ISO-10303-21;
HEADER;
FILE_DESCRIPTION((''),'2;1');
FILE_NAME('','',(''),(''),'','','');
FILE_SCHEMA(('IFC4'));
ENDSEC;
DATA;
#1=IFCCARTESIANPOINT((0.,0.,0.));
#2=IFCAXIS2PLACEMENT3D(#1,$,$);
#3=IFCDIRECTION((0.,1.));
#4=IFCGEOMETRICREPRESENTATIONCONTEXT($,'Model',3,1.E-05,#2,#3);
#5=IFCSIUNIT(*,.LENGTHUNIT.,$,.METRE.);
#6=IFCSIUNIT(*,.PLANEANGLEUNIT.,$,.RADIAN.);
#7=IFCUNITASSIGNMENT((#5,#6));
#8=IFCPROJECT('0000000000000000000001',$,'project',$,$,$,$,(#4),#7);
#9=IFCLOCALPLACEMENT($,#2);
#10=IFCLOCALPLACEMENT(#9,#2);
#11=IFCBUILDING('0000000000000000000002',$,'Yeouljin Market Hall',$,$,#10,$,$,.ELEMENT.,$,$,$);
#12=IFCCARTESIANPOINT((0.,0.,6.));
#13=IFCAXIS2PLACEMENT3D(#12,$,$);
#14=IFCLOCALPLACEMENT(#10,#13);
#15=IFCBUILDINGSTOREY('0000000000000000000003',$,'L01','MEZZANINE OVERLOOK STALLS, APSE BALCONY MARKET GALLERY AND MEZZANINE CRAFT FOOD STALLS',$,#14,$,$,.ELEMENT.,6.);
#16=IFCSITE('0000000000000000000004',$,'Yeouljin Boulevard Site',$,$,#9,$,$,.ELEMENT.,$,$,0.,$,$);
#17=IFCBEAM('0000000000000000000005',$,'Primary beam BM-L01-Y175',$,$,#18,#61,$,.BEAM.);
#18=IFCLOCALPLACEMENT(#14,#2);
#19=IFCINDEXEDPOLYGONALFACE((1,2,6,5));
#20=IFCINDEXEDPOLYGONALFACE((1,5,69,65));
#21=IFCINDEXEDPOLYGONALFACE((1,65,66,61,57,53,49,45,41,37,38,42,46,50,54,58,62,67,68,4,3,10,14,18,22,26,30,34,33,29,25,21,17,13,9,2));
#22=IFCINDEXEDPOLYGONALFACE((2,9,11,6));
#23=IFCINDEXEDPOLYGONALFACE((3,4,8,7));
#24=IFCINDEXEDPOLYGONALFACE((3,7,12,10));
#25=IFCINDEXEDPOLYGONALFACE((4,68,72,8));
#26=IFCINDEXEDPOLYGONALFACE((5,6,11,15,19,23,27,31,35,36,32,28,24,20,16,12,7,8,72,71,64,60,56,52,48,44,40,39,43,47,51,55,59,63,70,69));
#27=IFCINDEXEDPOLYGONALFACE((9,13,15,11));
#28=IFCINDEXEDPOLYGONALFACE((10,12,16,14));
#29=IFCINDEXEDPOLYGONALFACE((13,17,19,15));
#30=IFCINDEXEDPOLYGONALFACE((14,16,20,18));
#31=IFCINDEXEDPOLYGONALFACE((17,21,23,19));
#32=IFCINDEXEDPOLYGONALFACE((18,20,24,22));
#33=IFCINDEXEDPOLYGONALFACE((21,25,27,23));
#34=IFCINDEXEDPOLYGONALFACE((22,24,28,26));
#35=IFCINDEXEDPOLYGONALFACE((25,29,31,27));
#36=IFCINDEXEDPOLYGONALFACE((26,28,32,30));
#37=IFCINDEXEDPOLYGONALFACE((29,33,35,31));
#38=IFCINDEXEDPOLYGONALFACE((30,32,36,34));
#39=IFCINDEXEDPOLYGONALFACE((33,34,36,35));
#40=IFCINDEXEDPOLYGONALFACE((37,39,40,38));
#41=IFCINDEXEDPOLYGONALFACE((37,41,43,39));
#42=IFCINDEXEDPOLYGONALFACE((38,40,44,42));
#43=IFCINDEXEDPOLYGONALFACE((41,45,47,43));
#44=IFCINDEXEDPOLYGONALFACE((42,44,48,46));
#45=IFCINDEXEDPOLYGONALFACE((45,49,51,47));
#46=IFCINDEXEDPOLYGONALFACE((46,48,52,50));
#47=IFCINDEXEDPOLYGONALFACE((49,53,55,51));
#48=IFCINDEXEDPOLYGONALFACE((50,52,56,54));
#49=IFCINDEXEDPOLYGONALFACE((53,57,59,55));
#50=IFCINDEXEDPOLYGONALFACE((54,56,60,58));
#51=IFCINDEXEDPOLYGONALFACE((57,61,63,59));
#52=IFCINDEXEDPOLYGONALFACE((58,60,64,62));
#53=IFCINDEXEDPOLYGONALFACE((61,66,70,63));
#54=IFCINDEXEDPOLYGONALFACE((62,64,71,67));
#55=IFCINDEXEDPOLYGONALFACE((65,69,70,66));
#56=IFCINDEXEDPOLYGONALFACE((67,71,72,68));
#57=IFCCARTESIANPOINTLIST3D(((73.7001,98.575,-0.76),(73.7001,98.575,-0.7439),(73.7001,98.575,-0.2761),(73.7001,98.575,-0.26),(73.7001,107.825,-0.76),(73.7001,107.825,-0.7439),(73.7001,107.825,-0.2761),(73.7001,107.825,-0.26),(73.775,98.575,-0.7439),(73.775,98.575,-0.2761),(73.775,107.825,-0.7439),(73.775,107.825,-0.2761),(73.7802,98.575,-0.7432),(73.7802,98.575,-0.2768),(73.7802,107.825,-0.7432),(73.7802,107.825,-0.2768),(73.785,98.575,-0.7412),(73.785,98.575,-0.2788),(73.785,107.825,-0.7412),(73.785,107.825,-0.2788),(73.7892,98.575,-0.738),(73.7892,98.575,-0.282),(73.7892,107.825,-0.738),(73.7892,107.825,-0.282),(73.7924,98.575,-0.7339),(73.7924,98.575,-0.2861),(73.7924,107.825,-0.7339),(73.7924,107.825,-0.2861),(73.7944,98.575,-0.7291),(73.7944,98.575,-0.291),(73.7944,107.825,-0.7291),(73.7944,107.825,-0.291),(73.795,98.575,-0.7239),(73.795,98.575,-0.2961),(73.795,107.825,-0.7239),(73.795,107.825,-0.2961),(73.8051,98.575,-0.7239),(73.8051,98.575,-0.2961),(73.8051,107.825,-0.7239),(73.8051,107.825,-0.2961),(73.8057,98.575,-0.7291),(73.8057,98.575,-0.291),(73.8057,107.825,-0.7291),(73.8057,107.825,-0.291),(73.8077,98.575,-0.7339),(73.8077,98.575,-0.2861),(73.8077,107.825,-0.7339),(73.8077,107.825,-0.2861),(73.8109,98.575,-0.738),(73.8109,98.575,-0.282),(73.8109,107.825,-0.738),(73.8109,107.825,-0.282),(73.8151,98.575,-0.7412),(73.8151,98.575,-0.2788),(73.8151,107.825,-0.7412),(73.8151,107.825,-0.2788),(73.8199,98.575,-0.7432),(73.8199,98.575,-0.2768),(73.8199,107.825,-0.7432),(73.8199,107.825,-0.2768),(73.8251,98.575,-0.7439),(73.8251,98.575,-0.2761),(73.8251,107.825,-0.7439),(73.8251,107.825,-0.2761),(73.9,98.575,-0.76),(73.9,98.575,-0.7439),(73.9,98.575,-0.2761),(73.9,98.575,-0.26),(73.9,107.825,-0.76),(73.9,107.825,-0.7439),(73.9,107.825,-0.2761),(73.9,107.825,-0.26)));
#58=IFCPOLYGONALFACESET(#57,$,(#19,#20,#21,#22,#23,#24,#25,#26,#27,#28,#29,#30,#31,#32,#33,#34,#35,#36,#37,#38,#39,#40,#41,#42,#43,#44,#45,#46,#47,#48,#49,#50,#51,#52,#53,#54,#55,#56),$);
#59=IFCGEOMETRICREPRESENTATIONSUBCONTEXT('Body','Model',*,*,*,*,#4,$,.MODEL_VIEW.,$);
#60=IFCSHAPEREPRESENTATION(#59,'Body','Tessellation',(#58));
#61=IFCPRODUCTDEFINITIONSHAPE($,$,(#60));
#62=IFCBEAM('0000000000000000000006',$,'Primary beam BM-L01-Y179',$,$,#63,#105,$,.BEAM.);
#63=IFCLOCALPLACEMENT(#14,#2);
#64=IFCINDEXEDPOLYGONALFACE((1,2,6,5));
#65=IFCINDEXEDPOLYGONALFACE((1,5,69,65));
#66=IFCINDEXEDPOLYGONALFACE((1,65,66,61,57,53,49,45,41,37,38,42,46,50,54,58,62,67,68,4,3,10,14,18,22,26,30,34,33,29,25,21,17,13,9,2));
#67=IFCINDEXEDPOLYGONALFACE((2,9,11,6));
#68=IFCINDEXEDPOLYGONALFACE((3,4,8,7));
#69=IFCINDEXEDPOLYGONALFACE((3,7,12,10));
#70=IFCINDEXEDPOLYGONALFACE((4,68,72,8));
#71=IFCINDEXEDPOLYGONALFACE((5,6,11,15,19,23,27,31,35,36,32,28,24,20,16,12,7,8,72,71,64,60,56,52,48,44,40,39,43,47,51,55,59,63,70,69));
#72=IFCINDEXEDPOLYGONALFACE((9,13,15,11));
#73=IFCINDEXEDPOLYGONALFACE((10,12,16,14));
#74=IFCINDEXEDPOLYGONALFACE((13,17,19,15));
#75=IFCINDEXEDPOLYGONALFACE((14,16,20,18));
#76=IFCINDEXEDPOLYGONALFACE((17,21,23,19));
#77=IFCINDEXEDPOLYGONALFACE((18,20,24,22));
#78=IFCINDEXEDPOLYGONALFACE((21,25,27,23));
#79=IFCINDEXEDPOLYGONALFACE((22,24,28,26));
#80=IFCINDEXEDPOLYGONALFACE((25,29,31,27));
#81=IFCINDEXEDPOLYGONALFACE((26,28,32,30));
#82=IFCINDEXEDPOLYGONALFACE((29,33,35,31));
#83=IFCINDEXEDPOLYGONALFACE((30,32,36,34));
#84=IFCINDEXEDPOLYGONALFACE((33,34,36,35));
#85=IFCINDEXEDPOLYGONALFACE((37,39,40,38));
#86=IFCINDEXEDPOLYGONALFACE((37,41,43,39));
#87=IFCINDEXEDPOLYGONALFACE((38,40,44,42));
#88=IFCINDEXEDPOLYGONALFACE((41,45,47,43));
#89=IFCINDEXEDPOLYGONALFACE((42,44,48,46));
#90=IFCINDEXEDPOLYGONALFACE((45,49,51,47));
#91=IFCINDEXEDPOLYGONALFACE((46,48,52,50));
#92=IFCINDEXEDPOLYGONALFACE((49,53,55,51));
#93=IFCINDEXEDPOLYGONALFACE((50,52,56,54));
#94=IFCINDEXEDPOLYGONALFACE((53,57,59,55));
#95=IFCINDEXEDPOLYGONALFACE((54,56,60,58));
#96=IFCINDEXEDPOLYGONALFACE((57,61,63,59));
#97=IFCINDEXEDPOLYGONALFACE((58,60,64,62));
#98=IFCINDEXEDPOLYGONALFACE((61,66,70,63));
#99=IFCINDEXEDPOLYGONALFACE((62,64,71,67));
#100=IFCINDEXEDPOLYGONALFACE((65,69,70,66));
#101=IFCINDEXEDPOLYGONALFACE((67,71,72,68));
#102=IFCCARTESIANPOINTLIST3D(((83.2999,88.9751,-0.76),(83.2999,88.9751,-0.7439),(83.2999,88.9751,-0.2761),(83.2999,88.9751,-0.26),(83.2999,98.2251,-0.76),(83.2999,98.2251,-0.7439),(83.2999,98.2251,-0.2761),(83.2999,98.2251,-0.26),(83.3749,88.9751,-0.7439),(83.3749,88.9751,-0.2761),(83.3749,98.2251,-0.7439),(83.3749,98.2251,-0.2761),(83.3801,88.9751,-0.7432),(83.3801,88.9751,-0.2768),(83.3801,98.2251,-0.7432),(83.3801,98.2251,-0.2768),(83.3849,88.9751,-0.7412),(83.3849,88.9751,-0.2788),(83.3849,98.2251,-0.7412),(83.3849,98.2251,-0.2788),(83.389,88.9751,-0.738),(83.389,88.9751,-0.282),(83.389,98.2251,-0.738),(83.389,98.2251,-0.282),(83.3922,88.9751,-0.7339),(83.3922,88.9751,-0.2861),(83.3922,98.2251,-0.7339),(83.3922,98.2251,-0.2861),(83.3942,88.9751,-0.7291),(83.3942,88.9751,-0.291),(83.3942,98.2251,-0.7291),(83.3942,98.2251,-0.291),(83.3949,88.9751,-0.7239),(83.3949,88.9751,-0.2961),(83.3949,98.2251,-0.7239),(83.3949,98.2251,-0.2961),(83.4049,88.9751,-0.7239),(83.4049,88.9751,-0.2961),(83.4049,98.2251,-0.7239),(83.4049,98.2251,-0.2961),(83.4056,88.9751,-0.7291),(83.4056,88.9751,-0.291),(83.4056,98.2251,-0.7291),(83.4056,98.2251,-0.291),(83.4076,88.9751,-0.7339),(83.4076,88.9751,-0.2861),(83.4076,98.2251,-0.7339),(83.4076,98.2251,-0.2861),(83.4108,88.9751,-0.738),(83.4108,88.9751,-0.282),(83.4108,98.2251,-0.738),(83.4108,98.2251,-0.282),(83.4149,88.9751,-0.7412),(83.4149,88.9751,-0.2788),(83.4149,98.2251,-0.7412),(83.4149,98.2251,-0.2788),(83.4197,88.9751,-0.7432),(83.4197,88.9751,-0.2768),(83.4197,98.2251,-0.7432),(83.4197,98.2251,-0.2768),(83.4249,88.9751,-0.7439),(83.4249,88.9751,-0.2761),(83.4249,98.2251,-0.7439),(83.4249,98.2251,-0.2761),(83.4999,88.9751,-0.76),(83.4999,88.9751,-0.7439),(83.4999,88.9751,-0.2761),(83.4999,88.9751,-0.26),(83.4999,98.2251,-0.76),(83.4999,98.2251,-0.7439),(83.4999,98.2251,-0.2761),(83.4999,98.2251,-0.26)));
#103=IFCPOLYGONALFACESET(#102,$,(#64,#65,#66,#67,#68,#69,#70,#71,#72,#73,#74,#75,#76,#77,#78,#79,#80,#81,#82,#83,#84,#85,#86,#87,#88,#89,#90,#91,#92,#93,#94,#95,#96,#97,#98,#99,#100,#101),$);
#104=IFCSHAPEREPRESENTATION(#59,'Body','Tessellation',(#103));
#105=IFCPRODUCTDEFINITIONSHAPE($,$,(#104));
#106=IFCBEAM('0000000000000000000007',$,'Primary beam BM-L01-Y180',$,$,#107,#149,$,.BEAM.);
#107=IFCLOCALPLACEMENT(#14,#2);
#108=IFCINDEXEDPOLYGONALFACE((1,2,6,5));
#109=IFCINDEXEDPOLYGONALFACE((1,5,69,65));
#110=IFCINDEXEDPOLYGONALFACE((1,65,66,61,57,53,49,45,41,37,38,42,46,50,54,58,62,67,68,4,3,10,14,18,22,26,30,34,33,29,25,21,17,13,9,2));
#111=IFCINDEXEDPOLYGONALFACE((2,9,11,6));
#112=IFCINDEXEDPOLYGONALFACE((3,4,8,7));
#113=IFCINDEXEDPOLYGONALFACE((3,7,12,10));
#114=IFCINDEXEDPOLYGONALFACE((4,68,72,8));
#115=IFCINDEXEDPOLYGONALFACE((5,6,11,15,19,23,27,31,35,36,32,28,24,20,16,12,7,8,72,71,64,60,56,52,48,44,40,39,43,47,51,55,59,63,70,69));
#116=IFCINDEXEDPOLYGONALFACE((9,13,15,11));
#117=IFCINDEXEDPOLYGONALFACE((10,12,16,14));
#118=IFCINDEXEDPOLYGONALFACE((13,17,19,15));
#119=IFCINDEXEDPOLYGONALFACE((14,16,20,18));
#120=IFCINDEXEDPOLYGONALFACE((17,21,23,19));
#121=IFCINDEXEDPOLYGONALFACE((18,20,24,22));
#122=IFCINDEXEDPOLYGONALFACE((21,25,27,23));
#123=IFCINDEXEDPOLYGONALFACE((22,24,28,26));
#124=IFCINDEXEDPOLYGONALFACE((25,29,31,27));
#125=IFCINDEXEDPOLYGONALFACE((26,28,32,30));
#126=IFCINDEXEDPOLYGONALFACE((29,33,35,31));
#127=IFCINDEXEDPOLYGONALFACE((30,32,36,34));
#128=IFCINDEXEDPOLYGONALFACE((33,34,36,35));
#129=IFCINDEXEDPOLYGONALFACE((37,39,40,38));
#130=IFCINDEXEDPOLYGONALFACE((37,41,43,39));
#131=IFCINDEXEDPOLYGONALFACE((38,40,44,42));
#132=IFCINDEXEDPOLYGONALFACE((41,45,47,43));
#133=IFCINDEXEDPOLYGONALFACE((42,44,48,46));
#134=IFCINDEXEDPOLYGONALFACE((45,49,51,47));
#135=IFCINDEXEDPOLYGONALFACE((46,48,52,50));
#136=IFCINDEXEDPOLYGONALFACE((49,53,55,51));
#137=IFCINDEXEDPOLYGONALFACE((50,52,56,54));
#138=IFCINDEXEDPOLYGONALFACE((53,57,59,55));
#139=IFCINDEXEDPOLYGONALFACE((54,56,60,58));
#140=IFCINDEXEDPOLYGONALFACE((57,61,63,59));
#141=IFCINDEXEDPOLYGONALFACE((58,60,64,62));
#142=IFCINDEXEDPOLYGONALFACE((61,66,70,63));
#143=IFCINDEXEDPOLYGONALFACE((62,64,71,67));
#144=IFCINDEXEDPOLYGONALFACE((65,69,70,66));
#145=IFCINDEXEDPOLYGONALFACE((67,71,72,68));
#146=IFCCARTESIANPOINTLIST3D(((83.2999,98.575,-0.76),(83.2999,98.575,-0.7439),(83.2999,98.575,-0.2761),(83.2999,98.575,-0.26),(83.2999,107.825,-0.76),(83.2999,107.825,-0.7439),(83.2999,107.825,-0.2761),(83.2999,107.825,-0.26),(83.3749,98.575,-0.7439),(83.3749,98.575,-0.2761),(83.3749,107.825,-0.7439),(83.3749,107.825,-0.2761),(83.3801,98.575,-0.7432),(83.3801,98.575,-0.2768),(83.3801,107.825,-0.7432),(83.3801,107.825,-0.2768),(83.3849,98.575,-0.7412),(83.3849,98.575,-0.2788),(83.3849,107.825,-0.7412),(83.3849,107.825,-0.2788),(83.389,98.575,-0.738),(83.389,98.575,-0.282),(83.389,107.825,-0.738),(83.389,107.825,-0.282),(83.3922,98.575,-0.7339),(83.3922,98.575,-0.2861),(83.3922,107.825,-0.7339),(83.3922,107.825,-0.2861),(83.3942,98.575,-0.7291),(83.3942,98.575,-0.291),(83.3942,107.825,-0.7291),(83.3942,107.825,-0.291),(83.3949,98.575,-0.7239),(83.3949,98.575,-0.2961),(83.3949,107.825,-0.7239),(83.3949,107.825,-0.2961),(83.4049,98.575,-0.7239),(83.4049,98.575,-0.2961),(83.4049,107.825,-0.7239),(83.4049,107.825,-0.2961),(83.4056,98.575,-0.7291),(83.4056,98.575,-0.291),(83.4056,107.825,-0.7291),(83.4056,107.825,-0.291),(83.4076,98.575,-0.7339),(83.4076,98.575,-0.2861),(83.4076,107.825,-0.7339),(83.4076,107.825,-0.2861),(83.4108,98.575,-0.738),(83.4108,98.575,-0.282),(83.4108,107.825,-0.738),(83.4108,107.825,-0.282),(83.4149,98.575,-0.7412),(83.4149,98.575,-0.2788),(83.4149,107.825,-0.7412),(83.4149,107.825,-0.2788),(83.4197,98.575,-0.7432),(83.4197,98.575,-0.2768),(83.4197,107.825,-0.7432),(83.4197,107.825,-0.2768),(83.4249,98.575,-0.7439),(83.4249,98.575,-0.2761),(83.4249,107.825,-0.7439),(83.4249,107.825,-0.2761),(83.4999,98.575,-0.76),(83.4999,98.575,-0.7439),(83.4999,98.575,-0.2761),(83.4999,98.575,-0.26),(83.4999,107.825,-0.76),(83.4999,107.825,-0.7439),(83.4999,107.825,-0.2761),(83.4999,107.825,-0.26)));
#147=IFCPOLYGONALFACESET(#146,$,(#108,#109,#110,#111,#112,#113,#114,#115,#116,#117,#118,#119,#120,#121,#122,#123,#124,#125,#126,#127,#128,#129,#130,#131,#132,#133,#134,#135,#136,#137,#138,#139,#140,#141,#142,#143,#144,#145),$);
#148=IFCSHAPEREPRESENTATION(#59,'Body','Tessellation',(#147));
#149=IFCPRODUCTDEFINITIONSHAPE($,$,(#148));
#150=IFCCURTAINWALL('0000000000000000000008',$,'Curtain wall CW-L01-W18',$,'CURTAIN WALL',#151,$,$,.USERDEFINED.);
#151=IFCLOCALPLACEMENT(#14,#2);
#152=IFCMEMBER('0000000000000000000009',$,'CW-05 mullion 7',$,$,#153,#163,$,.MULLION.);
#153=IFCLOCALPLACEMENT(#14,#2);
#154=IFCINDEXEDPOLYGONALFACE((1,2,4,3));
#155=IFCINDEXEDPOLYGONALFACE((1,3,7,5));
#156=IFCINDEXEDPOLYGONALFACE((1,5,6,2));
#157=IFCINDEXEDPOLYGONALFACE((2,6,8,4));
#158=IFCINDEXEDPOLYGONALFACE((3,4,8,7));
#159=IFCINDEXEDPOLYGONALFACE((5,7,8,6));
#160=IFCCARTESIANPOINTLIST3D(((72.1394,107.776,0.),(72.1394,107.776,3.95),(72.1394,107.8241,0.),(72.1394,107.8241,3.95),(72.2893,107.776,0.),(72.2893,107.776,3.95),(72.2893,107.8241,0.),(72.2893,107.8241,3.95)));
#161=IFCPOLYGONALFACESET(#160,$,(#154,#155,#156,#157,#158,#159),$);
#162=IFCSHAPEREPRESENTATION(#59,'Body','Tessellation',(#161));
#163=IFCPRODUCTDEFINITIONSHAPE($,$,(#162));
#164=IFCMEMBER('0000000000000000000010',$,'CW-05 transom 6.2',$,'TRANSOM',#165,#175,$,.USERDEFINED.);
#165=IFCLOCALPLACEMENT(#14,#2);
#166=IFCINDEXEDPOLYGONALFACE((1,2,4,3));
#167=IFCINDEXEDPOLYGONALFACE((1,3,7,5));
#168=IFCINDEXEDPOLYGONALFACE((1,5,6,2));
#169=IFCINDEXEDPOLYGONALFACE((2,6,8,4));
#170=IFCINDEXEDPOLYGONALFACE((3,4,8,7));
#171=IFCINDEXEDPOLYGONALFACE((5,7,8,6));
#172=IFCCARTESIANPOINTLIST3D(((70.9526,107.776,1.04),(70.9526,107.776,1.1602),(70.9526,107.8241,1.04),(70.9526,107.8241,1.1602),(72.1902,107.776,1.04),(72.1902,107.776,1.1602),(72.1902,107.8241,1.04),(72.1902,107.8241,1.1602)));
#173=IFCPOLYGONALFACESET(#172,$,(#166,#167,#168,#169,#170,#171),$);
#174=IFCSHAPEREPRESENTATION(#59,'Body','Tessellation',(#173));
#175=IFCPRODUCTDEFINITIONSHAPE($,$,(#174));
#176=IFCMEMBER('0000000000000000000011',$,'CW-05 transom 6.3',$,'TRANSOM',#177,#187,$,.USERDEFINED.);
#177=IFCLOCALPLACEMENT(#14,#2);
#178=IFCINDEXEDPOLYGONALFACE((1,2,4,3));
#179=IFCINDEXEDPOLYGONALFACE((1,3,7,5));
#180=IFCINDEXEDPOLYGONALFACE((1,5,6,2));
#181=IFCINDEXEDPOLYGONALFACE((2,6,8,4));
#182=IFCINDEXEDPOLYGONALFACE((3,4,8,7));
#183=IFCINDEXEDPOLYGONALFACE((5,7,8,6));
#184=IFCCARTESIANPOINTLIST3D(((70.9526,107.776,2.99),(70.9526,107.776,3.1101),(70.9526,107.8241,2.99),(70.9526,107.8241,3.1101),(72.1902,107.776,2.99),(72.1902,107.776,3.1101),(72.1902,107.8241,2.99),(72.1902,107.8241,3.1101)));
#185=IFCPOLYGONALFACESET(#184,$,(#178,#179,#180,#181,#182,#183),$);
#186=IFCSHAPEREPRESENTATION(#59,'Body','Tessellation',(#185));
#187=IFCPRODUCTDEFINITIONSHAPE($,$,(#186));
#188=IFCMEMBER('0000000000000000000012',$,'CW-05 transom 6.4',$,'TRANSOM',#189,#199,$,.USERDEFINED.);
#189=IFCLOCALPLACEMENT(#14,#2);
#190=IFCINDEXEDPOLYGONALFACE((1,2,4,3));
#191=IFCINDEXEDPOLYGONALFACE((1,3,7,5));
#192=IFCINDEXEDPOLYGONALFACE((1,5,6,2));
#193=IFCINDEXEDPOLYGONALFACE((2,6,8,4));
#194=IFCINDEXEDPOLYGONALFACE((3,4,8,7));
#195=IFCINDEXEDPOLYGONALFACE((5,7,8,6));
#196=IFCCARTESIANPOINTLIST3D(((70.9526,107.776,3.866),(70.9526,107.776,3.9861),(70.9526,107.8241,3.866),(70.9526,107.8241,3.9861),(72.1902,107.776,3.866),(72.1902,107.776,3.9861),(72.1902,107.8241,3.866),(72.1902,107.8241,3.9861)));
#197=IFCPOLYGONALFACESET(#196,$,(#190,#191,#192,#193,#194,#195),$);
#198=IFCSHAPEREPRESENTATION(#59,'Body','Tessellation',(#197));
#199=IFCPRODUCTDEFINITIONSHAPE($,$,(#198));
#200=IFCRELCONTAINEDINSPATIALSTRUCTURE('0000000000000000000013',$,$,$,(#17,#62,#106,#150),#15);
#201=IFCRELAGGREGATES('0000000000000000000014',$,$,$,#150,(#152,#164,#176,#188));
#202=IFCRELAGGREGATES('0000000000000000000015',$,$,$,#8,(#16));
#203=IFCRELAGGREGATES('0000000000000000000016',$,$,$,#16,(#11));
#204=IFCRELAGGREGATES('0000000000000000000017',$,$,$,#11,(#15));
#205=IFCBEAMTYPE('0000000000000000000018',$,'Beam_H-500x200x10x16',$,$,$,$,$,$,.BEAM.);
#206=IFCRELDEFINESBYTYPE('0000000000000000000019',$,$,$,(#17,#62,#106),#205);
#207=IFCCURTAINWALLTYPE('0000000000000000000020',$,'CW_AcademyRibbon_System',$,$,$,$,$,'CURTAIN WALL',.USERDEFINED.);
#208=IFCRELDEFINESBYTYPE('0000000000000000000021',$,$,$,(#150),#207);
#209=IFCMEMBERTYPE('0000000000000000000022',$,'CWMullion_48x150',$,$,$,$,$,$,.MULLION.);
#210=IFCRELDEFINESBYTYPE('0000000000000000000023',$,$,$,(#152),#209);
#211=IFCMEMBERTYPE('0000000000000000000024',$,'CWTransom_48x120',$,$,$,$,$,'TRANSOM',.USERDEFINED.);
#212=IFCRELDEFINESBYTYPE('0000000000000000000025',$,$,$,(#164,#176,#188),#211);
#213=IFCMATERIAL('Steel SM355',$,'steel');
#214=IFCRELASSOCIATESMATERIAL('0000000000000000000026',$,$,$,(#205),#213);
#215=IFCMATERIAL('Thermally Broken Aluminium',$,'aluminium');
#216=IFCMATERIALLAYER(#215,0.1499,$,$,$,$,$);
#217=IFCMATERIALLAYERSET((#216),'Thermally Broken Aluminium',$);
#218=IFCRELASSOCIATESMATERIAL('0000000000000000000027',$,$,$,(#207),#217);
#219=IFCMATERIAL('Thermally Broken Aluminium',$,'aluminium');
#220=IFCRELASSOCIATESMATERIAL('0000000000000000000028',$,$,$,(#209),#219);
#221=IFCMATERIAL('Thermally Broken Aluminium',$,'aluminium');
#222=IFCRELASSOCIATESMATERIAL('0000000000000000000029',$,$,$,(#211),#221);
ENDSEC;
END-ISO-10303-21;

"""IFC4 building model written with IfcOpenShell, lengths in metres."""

from ifc_helpers import new_model, si_unit, direction, frame, origin, origin_2d, place, context, subcontext, project, spatial, rectangle, i_section, extrude, material, layer, layer_set, material_profile, profile_set, type_object, element, aggregate, save


model = new_model("IFC4")

# Units and contexts
model_context = context("Model", 3, precision=1e-05, world=origin(), true_north=direction((0.0, 1.0)))
body_context = subcontext(model_context, "Body", "Model", "MODEL_VIEW")
ifc_project = project(units=[si_unit("LENGTHUNIT", "METRE"), si_unit("PLANEANGLEUNIT", "RADIAN")], contexts=[model_context])

# Site, building, storey
site_placement = place(None, origin())
site = spatial("IfcSite", under=ifc_project, at=site_placement, Name="Yeouljin Boulevard Site", CompositionType="ELEMENT", RefElevation=0.0)
building_placement = place(site_placement, origin())
building = spatial("IfcBuilding", under=site, at=building_placement, Name="Yeouljin Market Hall", CompositionType="ELEMENT")
storey_placement = place(building_placement, frame((0.0, 0.0, 6.0)))
storey = spatial("IfcBuildingStorey", under=building, at=storey_placement, Name="L01", Description="MEZZANINE OVERLOOK STALLS, APSE BALCONY MARKET GALLERY AND MEZZANINE CRAFT FOOD STALLS", CompositionType="ELEMENT", Elevation=6.0)

# Beams
ifc_material_1 = material(Name="Steel SM355", Category="steel")
ifc_material_profile_1 = material_profile(ifc_material_1, i_section(OverallWidth=0.2, OverallDepth=0.5, WebThickness=0.01, FlangeThickness=0.0161, FilletRadius=0.02, at=origin_2d()), Name="H-500x200x10x16")
ifc_profile_set_1 = profile_set([ifc_material_profile_1], Name="Steel SM355")
beam_type_1 = type_object("IfcBeamType", Name="Beam_H-500x200x10x16", PredefinedType="BEAM", material=ifc_profile_set_1)
for number, where, z_axis, x_axis, name in (
    (1, (73.8, 98.575, -0.51), (0.0, 1.0, 0.0), (-1.0, 0.0, 0.0), "Primary beam BM-L01-Y175"),
    (2, (83.3999, 88.9751, -0.51), (0.0, 1.0, 0.0), (-1.0, 0.0, 0.0), "Primary beam BM-L01-Y179"),
    (3, (83.3999, 98.575, -0.51), (0.0, 1.0, 0.0), (-1.0, 0.0, 0.0), "Primary beam BM-L01-Y180"),
):
    element("IfcBeam", number, at=place(storey_placement, frame(where, z_axis=z_axis, x_axis=x_axis)), inside=storey, type_object=beam_type_1, Name=name, PredefinedType="BEAM", context=body_context, shape_type="SweptSolid", body=[
        extrude(i_section(OverallWidth=0.2, OverallDepth=0.5, WebThickness=0.01, FlangeThickness=0.0161, FilletRadius=0.02, at=origin_2d()), origin(), (0.0, 0.0, 1.0), 9.25),
    ])

# Curtain wall, members
ifc_material_2 = material(Name="Thermally Broken Aluminium", Category="aluminium")
ifc_layer_1 = layer(ifc_material_2, 0.1499)
ifc_layer_set_1 = layer_set([ifc_layer_1], Name="Thermally Broken Aluminium")
curtain_wall_type = type_object("IfcCurtainWallType", Name="CW_AcademyRibbon_System", ElementType="CURTAIN WALL", PredefinedType="USERDEFINED", material=ifc_layer_set_1)
curtain_wall_placement = place(storey_placement, origin())
curtain_wall = element("IfcCurtainWall", 4, at=curtain_wall_placement, inside=storey, type_object=curtain_wall_type, Name="Curtain wall CW-L01-W18", ObjectType="CURTAIN WALL", PredefinedType="USERDEFINED")
ifc_material_3 = material(Name="Thermally Broken Aluminium", Category="aluminium")
ifc_material_profile_2 = material_profile(ifc_material_3, rectangle(XDim=0.0481, YDim=0.1499, at=origin_2d()), Name="CW-MULL-48x150")
ifc_profile_set_2 = profile_set([ifc_material_profile_2], Name="Thermally Broken Aluminium")
member_type_1 = type_object("IfcMemberType", Name="CWMullion_48x150", PredefinedType="MULLION", material=ifc_profile_set_2)
member_1_placement = place(storey_placement, frame((72.2144, 107.8, 0.0), z_axis=(0.0, 0.0, 1.0), x_axis=(0.0, 1.0, 0.0)))
member_1 = element("IfcMember", 5, at=member_1_placement, type_object=member_type_1, Name="CW-05 mullion 7", PredefinedType="MULLION", context=body_context, shape_type="SweptSolid", body=[
    extrude(rectangle(XDim=0.0481, YDim=0.1499, at=origin_2d()), origin(), (0.0, 0.0, 1.0), 3.95),
])
ifc_material_4 = material(Name="Thermally Broken Aluminium", Category="aluminium")
ifc_material_profile_3 = material_profile(ifc_material_4, rectangle(XDim=0.0481, YDim=0.1201, at=origin_2d()), Name="CW-TRAN-48x120")
ifc_profile_set_3 = profile_set([ifc_material_profile_3], Name="Thermally Broken Aluminium")
member_type_2 = type_object("IfcMemberType", Name="CWTransom_48x120", ElementType="TRANSOM", PredefinedType="USERDEFINED", material=ifc_profile_set_3)
member_2_placement = place(storey_placement, frame((70.9526, 107.8, 1.1001), z_axis=(1.0, 0.0, 0.0), x_axis=(0.0, 1.0, 0.0)))
member_2 = element("IfcMember", 6, at=member_2_placement, type_object=member_type_2, Name="CW-05 transom 6.2", ObjectType="TRANSOM", PredefinedType="USERDEFINED", context=body_context, shape_type="SweptSolid", body=[
    extrude(rectangle(XDim=0.0481, YDim=0.1201, at=origin_2d()), origin(), (0.0, 0.0, 1.0), 1.2375),
])
member_3_placement = place(storey_placement, frame((70.9526, 107.8, 3.05), z_axis=(1.0, 0.0, 0.0), x_axis=(0.0, 1.0, 0.0)))
member_3 = element("IfcMember", 7, at=member_3_placement, type_object=member_type_2, Name="CW-05 transom 6.3", ObjectType="TRANSOM", PredefinedType="USERDEFINED", context=body_context, shape_type="SweptSolid", body=[
    extrude(rectangle(XDim=0.0481, YDim=0.1201, at=origin_2d()), origin(), (0.0, 0.0, 1.0), 1.2375),
])
member_4_placement = place(storey_placement, frame((70.9526, 107.8, 3.926), z_axis=(1.0, 0.0, 0.0), x_axis=(0.0, 1.0, 0.0)))
member_4 = element("IfcMember", 8, at=member_4_placement, type_object=member_type_2, Name="CW-05 transom 6.4", ObjectType="TRANSOM", PredefinedType="USERDEFINED", context=body_context, shape_type="SweptSolid", body=[
    extrude(rectangle(XDim=0.0481, YDim=0.1201, at=origin_2d()), origin(), (0.0, 0.0, 1.0), 1.2375),
])

aggregate(curtain_wall, [member_1, member_2, member_3, member_4])

save(model, "model.ifc")
